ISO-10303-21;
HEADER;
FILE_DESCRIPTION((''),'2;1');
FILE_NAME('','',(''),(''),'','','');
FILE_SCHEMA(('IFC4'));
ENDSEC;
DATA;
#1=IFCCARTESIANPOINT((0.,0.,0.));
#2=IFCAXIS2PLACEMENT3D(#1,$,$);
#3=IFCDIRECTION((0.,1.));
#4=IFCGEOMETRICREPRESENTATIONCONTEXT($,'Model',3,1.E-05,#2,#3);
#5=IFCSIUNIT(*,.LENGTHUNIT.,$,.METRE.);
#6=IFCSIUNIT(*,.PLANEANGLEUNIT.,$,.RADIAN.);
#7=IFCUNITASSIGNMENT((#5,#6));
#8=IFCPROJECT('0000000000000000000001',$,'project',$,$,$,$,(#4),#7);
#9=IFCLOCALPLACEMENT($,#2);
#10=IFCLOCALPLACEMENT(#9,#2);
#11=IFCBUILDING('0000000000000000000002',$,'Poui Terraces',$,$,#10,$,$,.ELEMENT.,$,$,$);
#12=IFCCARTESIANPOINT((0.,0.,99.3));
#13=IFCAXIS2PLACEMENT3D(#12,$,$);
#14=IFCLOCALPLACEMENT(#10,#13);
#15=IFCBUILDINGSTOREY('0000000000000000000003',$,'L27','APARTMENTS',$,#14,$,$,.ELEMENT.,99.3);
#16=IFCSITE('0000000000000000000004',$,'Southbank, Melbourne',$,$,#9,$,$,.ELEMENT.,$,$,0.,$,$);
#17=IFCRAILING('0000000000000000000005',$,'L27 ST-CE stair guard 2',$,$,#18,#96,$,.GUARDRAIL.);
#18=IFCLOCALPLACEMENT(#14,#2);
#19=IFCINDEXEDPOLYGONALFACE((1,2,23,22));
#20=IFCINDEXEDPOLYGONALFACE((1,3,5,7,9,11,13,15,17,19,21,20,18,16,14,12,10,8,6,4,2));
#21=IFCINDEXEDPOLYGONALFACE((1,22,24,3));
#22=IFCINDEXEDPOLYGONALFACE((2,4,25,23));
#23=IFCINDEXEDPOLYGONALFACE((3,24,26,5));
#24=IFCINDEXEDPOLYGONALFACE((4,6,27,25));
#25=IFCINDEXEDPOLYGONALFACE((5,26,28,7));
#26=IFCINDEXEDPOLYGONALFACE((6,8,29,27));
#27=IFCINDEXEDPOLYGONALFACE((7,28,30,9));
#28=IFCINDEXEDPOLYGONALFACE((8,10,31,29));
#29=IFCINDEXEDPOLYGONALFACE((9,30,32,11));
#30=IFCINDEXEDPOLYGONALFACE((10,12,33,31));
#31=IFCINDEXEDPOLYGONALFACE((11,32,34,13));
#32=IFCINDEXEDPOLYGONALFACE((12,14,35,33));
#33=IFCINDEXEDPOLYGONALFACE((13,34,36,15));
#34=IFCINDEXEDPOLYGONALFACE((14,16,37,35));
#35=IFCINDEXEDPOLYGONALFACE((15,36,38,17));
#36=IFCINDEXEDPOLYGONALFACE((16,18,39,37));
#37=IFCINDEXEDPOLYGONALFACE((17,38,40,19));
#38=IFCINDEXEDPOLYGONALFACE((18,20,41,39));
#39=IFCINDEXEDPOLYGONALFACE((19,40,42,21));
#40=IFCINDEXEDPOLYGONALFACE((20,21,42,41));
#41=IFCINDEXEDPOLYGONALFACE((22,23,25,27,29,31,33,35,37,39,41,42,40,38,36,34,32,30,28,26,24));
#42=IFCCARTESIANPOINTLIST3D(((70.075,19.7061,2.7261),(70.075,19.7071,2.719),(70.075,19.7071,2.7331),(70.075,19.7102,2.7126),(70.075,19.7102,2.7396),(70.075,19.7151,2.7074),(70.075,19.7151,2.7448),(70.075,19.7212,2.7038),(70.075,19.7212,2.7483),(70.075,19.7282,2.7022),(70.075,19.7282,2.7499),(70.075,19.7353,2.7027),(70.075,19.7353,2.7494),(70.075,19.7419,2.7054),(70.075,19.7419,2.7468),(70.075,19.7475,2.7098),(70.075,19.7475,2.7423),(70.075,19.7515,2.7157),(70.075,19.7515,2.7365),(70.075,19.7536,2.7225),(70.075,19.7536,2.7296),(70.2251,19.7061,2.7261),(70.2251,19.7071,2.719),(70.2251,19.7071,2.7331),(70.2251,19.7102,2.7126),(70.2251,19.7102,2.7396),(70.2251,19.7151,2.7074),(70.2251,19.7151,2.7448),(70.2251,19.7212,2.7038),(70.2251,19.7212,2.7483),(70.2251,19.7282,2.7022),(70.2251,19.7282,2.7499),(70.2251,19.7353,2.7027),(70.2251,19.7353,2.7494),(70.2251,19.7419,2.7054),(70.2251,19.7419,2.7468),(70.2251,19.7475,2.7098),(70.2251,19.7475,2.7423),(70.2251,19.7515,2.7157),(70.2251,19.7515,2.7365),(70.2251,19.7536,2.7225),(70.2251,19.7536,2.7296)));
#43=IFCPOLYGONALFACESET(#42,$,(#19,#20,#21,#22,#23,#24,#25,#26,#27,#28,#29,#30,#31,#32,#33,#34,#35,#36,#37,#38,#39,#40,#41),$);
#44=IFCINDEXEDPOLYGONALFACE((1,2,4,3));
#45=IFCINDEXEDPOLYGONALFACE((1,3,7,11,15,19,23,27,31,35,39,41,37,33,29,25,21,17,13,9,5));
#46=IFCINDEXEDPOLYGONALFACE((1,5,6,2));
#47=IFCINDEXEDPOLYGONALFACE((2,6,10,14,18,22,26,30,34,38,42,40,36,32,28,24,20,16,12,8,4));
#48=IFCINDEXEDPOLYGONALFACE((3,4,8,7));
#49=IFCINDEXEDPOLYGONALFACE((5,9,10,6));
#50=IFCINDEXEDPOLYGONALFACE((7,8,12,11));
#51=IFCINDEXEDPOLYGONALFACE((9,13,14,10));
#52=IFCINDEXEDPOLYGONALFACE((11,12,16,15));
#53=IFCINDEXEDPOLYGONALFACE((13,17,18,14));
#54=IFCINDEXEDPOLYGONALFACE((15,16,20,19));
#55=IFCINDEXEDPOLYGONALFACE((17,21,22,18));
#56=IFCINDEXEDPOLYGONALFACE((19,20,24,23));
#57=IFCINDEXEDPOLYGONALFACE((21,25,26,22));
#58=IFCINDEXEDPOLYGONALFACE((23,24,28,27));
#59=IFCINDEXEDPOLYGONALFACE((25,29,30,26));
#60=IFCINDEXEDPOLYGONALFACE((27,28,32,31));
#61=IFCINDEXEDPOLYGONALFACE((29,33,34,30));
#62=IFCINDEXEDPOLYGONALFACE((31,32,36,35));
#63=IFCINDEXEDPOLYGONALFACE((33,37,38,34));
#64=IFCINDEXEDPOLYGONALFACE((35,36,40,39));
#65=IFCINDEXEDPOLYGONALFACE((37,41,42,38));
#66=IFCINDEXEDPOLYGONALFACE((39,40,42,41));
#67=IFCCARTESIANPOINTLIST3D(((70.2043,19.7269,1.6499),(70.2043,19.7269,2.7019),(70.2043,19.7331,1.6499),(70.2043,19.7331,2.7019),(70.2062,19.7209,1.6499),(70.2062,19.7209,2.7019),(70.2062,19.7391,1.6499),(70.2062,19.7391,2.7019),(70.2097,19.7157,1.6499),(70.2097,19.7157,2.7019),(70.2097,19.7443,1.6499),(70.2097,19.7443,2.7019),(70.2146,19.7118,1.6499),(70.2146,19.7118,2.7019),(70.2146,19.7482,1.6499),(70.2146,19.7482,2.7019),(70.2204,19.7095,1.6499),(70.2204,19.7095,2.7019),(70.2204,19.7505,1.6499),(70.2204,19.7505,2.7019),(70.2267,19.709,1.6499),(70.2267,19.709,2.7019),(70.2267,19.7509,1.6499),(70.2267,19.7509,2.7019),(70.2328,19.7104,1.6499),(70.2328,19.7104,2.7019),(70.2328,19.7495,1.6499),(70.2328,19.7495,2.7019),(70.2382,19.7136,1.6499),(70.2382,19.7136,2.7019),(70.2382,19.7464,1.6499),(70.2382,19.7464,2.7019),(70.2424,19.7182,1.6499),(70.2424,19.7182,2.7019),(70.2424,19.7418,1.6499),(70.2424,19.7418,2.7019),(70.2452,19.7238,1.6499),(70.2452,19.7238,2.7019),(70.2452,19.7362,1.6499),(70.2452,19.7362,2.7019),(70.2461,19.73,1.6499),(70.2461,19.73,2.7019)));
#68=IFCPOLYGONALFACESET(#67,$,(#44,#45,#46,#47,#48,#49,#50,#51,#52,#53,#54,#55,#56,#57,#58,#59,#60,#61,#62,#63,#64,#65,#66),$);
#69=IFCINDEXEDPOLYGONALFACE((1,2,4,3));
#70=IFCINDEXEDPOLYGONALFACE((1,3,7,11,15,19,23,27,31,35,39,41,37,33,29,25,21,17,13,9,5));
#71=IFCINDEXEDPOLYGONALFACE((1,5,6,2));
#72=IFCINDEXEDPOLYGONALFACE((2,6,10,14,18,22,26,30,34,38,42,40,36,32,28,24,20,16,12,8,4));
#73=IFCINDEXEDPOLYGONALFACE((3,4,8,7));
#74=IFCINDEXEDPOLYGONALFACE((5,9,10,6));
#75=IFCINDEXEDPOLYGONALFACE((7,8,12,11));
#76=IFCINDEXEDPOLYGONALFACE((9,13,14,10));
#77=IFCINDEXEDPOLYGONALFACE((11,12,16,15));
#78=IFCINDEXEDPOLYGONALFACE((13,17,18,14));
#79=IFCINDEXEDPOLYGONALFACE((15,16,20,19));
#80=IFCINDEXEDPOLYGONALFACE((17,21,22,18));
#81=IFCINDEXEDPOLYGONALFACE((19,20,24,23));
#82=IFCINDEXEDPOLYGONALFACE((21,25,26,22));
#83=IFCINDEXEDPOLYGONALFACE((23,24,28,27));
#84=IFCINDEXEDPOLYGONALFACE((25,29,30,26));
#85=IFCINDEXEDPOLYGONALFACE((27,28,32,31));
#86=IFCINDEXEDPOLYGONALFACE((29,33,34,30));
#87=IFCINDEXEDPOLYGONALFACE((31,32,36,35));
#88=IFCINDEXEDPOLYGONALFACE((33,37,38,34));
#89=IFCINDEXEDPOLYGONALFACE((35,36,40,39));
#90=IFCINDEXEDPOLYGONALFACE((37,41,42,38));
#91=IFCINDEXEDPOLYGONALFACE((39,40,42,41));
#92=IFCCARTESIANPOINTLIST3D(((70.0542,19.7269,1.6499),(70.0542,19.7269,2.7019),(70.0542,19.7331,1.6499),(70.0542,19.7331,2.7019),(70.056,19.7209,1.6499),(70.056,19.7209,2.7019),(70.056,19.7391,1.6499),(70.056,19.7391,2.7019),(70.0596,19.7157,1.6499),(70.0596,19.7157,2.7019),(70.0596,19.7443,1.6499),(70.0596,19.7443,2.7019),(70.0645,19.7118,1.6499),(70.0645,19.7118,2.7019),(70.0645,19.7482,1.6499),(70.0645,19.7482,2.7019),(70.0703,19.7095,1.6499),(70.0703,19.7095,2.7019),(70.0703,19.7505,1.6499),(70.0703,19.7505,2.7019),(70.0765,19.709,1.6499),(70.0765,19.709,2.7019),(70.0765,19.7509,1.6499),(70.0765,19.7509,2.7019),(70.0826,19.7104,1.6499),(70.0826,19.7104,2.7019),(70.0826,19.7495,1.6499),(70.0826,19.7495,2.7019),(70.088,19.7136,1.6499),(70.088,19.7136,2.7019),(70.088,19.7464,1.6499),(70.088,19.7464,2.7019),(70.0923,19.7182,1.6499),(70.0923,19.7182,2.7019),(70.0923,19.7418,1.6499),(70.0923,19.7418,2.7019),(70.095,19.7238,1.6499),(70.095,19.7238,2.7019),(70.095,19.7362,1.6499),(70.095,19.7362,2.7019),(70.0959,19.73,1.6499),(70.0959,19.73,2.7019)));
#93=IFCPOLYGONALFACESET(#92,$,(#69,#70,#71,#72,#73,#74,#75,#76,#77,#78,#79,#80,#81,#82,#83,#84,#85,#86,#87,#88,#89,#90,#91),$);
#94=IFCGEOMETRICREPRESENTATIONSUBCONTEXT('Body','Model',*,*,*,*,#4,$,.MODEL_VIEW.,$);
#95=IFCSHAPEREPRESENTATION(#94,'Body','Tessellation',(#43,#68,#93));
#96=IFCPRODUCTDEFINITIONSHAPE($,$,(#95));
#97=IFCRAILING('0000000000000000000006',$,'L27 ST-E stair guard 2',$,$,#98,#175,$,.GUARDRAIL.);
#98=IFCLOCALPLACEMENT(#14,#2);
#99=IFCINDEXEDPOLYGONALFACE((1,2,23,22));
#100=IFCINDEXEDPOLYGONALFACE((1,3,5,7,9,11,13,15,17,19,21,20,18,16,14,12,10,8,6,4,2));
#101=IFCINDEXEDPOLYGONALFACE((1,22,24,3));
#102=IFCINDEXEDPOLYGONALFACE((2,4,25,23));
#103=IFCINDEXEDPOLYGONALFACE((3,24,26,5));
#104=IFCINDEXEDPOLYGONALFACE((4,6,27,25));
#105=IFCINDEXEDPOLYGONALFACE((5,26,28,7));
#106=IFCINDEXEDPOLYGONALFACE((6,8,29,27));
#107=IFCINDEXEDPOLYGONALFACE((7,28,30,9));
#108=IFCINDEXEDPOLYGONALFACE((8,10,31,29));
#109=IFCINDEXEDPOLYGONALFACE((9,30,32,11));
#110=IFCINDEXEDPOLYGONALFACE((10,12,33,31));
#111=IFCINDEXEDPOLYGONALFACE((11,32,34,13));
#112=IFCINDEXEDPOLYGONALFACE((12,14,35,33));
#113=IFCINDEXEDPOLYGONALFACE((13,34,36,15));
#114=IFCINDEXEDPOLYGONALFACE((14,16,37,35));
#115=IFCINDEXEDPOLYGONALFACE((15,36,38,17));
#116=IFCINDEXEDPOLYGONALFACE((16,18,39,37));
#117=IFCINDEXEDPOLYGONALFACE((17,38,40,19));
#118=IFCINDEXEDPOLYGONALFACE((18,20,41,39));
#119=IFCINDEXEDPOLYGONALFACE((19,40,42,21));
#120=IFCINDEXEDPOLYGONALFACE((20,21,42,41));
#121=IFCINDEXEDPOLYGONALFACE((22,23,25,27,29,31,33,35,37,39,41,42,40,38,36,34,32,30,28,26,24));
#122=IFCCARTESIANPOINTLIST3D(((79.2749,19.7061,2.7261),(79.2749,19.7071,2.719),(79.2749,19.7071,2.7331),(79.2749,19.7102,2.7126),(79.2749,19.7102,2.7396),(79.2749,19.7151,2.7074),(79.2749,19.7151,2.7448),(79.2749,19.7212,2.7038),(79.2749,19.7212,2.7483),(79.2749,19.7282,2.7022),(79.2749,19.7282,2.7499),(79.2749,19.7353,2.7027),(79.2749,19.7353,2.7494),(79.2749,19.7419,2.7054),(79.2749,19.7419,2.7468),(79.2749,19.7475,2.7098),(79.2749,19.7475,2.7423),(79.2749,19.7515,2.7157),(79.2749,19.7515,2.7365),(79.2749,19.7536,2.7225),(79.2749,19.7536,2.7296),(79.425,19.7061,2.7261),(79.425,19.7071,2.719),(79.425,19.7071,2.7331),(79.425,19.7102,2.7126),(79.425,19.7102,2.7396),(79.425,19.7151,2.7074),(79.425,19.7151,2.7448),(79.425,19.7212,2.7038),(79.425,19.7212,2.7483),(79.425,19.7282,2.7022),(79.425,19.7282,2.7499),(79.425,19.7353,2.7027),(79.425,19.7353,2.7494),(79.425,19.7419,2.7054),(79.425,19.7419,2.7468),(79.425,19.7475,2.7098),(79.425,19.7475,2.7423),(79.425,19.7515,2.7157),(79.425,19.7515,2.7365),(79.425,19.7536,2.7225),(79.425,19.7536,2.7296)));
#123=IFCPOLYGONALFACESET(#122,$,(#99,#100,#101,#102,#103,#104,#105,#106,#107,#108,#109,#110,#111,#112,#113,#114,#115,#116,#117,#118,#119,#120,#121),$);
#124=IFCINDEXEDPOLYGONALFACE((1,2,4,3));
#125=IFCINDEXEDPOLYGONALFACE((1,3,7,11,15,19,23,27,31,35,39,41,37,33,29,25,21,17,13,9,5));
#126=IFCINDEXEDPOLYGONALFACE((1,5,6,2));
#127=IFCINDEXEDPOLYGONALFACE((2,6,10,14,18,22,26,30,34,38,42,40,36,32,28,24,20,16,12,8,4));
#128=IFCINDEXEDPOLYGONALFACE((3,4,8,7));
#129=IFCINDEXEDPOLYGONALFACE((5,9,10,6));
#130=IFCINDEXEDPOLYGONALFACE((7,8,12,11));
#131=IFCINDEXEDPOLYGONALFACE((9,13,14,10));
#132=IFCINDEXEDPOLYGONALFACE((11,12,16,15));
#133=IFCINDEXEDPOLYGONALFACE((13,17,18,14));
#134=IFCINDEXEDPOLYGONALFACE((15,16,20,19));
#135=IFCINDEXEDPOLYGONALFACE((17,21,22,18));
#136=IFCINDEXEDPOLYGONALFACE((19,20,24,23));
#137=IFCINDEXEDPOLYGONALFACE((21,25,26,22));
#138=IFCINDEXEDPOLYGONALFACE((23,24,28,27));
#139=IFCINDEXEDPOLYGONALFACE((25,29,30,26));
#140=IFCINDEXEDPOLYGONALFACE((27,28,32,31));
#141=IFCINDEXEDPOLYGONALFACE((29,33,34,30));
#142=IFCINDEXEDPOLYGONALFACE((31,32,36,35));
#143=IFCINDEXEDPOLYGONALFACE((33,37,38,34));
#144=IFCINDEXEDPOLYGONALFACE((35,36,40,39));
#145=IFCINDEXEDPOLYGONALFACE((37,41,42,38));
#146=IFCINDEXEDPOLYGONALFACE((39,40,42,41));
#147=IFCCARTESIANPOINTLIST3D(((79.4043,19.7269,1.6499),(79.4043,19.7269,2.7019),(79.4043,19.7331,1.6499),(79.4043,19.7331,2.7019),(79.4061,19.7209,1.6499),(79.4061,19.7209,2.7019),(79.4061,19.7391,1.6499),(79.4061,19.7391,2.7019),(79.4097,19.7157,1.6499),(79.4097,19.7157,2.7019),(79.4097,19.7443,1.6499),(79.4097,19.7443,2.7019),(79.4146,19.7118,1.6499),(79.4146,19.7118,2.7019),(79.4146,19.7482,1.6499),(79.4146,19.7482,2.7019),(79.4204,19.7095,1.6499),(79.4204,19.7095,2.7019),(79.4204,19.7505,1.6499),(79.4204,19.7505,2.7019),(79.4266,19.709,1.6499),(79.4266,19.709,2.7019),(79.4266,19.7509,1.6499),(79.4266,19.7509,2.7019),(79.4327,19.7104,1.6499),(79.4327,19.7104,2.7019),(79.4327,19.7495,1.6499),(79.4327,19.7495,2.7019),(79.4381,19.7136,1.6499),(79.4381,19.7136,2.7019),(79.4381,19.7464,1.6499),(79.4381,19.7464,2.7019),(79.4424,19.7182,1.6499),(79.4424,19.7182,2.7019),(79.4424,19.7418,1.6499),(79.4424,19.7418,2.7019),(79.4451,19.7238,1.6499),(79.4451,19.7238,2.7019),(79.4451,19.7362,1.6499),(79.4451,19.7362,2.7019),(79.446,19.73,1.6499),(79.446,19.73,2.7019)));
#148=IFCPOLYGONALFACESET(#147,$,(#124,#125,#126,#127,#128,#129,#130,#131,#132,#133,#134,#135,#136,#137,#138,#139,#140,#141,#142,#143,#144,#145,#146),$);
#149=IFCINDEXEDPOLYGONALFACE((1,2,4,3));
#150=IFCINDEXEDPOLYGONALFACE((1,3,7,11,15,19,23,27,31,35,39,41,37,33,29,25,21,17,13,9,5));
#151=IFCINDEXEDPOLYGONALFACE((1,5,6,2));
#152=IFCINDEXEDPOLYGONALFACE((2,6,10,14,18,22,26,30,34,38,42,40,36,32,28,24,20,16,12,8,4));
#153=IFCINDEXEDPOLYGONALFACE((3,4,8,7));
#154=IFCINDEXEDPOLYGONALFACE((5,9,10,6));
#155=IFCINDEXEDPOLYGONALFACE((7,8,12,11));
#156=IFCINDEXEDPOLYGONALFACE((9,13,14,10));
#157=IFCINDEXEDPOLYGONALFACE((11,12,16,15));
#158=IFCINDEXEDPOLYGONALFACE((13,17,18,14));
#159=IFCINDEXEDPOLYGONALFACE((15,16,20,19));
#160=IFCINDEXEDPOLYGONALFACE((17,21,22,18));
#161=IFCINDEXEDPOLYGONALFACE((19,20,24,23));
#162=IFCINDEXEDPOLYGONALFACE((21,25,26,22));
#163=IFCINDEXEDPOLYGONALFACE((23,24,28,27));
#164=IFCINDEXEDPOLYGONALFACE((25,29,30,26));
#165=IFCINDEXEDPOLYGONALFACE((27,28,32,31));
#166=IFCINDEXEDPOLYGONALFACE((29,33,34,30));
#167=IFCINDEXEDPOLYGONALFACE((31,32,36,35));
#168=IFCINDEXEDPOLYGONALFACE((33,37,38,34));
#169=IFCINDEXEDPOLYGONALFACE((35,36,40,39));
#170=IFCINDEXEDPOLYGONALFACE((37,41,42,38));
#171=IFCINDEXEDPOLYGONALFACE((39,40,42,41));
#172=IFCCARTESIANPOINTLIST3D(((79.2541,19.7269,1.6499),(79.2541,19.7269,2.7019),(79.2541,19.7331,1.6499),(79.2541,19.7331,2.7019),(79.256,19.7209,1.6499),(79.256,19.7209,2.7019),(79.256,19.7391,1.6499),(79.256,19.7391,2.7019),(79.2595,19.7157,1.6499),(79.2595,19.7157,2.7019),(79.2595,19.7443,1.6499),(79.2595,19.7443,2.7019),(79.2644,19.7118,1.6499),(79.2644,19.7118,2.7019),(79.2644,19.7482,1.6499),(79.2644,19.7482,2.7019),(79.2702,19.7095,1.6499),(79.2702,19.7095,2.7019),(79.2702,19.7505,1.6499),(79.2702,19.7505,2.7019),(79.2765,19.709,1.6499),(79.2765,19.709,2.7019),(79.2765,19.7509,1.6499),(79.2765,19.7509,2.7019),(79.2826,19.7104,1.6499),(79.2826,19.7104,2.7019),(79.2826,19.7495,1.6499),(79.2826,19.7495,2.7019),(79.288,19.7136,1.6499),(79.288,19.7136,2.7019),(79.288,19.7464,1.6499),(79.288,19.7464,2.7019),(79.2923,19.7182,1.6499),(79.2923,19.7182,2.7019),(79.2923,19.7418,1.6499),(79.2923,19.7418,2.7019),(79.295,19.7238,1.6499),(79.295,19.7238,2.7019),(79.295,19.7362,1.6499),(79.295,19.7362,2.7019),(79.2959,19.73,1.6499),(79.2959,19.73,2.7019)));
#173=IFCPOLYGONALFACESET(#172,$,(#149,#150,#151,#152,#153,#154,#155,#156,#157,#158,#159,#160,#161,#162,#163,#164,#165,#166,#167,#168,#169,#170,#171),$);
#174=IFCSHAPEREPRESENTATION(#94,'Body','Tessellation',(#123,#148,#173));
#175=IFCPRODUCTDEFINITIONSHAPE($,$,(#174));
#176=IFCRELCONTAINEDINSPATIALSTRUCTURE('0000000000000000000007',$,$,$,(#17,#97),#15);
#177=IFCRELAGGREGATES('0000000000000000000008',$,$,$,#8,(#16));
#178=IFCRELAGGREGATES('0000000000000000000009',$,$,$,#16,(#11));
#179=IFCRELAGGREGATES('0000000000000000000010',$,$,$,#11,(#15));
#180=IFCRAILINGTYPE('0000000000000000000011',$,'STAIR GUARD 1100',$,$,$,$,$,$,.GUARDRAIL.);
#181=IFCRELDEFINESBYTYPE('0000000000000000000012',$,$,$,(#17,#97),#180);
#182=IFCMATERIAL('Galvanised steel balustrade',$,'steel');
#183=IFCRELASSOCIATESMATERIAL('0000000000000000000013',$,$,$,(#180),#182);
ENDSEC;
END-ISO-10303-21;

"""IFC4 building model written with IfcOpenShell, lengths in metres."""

from ifc_helpers import new_model, si_unit, direction, frame, origin, origin_2d, place, context, subcontext, project, spatial, circle, extrude, material, type_object, element, save


model = new_model("IFC4")

# Units and contexts
model_context = context("Model", 3, precision=1e-05, world=origin(), true_north=direction((0.0, 1.0)))
body_context = subcontext(model_context, "Body", "Model", "MODEL_VIEW")
ifc_project = project(units=[si_unit("LENGTHUNIT", "METRE"), si_unit("PLANEANGLEUNIT", "RADIAN")], contexts=[model_context])

# Site, building, storey
site_placement = place(None, origin())
site = spatial("IfcSite", under=ifc_project, at=site_placement, Name="Southbank, Melbourne", CompositionType="ELEMENT", RefElevation=0.0)
building_placement = place(site_placement, origin())
building = spatial("IfcBuilding", under=site, at=building_placement, Name="Poui Terraces", CompositionType="ELEMENT")
storey_placement = place(building_placement, frame((0.0, 0.0, 99.3)))
storey = spatial("IfcBuildingStorey", under=building, at=storey_placement, Name="L27", Description="APARTMENTS", CompositionType="ELEMENT", Elevation=99.3)

# Railings
ifc_material_1 = material(Name="Galvanised steel balustrade", Category="steel")
railing_type_1 = type_object("IfcRailingType", Name="STAIR GUARD 1100", PredefinedType="GUARDRAIL", material=ifc_material_1)
for number, where, name in (
    (1, (70.2251, 19.73, 1.6499), "L27 ST-CE stair guard 2"),
    (2, (79.425, 19.73, 1.6499), "L27 ST-E stair guard 2"),
):
    element("IfcRailing", number, at=place(storey_placement, frame(where)), inside=storey, type_object=railing_type_1, Name=name, PredefinedType="GUARDRAIL", context=body_context, shape_type="SweptSolid", body=[
        extrude(circle(Radius=0.0239, at=origin_2d()), frame((0.0, 0.0, 1.0762), z_axis=(-1.0, 0.0, 0.0), x_axis=(0.0, -1.0, 0.0)), (0.0, 0.0, 1.0), 0.1501),
        extrude(circle(Radius=0.021, at=origin_2d()), origin(), (0.0, 0.0, 1.0), 1.052),
        extrude(circle(Radius=0.021, at=origin_2d()), frame((-0.1501, 0.0, 0.0)), (0.0, 0.0, 1.0), 1.052),
    ])

save(model, "model.ifc")
